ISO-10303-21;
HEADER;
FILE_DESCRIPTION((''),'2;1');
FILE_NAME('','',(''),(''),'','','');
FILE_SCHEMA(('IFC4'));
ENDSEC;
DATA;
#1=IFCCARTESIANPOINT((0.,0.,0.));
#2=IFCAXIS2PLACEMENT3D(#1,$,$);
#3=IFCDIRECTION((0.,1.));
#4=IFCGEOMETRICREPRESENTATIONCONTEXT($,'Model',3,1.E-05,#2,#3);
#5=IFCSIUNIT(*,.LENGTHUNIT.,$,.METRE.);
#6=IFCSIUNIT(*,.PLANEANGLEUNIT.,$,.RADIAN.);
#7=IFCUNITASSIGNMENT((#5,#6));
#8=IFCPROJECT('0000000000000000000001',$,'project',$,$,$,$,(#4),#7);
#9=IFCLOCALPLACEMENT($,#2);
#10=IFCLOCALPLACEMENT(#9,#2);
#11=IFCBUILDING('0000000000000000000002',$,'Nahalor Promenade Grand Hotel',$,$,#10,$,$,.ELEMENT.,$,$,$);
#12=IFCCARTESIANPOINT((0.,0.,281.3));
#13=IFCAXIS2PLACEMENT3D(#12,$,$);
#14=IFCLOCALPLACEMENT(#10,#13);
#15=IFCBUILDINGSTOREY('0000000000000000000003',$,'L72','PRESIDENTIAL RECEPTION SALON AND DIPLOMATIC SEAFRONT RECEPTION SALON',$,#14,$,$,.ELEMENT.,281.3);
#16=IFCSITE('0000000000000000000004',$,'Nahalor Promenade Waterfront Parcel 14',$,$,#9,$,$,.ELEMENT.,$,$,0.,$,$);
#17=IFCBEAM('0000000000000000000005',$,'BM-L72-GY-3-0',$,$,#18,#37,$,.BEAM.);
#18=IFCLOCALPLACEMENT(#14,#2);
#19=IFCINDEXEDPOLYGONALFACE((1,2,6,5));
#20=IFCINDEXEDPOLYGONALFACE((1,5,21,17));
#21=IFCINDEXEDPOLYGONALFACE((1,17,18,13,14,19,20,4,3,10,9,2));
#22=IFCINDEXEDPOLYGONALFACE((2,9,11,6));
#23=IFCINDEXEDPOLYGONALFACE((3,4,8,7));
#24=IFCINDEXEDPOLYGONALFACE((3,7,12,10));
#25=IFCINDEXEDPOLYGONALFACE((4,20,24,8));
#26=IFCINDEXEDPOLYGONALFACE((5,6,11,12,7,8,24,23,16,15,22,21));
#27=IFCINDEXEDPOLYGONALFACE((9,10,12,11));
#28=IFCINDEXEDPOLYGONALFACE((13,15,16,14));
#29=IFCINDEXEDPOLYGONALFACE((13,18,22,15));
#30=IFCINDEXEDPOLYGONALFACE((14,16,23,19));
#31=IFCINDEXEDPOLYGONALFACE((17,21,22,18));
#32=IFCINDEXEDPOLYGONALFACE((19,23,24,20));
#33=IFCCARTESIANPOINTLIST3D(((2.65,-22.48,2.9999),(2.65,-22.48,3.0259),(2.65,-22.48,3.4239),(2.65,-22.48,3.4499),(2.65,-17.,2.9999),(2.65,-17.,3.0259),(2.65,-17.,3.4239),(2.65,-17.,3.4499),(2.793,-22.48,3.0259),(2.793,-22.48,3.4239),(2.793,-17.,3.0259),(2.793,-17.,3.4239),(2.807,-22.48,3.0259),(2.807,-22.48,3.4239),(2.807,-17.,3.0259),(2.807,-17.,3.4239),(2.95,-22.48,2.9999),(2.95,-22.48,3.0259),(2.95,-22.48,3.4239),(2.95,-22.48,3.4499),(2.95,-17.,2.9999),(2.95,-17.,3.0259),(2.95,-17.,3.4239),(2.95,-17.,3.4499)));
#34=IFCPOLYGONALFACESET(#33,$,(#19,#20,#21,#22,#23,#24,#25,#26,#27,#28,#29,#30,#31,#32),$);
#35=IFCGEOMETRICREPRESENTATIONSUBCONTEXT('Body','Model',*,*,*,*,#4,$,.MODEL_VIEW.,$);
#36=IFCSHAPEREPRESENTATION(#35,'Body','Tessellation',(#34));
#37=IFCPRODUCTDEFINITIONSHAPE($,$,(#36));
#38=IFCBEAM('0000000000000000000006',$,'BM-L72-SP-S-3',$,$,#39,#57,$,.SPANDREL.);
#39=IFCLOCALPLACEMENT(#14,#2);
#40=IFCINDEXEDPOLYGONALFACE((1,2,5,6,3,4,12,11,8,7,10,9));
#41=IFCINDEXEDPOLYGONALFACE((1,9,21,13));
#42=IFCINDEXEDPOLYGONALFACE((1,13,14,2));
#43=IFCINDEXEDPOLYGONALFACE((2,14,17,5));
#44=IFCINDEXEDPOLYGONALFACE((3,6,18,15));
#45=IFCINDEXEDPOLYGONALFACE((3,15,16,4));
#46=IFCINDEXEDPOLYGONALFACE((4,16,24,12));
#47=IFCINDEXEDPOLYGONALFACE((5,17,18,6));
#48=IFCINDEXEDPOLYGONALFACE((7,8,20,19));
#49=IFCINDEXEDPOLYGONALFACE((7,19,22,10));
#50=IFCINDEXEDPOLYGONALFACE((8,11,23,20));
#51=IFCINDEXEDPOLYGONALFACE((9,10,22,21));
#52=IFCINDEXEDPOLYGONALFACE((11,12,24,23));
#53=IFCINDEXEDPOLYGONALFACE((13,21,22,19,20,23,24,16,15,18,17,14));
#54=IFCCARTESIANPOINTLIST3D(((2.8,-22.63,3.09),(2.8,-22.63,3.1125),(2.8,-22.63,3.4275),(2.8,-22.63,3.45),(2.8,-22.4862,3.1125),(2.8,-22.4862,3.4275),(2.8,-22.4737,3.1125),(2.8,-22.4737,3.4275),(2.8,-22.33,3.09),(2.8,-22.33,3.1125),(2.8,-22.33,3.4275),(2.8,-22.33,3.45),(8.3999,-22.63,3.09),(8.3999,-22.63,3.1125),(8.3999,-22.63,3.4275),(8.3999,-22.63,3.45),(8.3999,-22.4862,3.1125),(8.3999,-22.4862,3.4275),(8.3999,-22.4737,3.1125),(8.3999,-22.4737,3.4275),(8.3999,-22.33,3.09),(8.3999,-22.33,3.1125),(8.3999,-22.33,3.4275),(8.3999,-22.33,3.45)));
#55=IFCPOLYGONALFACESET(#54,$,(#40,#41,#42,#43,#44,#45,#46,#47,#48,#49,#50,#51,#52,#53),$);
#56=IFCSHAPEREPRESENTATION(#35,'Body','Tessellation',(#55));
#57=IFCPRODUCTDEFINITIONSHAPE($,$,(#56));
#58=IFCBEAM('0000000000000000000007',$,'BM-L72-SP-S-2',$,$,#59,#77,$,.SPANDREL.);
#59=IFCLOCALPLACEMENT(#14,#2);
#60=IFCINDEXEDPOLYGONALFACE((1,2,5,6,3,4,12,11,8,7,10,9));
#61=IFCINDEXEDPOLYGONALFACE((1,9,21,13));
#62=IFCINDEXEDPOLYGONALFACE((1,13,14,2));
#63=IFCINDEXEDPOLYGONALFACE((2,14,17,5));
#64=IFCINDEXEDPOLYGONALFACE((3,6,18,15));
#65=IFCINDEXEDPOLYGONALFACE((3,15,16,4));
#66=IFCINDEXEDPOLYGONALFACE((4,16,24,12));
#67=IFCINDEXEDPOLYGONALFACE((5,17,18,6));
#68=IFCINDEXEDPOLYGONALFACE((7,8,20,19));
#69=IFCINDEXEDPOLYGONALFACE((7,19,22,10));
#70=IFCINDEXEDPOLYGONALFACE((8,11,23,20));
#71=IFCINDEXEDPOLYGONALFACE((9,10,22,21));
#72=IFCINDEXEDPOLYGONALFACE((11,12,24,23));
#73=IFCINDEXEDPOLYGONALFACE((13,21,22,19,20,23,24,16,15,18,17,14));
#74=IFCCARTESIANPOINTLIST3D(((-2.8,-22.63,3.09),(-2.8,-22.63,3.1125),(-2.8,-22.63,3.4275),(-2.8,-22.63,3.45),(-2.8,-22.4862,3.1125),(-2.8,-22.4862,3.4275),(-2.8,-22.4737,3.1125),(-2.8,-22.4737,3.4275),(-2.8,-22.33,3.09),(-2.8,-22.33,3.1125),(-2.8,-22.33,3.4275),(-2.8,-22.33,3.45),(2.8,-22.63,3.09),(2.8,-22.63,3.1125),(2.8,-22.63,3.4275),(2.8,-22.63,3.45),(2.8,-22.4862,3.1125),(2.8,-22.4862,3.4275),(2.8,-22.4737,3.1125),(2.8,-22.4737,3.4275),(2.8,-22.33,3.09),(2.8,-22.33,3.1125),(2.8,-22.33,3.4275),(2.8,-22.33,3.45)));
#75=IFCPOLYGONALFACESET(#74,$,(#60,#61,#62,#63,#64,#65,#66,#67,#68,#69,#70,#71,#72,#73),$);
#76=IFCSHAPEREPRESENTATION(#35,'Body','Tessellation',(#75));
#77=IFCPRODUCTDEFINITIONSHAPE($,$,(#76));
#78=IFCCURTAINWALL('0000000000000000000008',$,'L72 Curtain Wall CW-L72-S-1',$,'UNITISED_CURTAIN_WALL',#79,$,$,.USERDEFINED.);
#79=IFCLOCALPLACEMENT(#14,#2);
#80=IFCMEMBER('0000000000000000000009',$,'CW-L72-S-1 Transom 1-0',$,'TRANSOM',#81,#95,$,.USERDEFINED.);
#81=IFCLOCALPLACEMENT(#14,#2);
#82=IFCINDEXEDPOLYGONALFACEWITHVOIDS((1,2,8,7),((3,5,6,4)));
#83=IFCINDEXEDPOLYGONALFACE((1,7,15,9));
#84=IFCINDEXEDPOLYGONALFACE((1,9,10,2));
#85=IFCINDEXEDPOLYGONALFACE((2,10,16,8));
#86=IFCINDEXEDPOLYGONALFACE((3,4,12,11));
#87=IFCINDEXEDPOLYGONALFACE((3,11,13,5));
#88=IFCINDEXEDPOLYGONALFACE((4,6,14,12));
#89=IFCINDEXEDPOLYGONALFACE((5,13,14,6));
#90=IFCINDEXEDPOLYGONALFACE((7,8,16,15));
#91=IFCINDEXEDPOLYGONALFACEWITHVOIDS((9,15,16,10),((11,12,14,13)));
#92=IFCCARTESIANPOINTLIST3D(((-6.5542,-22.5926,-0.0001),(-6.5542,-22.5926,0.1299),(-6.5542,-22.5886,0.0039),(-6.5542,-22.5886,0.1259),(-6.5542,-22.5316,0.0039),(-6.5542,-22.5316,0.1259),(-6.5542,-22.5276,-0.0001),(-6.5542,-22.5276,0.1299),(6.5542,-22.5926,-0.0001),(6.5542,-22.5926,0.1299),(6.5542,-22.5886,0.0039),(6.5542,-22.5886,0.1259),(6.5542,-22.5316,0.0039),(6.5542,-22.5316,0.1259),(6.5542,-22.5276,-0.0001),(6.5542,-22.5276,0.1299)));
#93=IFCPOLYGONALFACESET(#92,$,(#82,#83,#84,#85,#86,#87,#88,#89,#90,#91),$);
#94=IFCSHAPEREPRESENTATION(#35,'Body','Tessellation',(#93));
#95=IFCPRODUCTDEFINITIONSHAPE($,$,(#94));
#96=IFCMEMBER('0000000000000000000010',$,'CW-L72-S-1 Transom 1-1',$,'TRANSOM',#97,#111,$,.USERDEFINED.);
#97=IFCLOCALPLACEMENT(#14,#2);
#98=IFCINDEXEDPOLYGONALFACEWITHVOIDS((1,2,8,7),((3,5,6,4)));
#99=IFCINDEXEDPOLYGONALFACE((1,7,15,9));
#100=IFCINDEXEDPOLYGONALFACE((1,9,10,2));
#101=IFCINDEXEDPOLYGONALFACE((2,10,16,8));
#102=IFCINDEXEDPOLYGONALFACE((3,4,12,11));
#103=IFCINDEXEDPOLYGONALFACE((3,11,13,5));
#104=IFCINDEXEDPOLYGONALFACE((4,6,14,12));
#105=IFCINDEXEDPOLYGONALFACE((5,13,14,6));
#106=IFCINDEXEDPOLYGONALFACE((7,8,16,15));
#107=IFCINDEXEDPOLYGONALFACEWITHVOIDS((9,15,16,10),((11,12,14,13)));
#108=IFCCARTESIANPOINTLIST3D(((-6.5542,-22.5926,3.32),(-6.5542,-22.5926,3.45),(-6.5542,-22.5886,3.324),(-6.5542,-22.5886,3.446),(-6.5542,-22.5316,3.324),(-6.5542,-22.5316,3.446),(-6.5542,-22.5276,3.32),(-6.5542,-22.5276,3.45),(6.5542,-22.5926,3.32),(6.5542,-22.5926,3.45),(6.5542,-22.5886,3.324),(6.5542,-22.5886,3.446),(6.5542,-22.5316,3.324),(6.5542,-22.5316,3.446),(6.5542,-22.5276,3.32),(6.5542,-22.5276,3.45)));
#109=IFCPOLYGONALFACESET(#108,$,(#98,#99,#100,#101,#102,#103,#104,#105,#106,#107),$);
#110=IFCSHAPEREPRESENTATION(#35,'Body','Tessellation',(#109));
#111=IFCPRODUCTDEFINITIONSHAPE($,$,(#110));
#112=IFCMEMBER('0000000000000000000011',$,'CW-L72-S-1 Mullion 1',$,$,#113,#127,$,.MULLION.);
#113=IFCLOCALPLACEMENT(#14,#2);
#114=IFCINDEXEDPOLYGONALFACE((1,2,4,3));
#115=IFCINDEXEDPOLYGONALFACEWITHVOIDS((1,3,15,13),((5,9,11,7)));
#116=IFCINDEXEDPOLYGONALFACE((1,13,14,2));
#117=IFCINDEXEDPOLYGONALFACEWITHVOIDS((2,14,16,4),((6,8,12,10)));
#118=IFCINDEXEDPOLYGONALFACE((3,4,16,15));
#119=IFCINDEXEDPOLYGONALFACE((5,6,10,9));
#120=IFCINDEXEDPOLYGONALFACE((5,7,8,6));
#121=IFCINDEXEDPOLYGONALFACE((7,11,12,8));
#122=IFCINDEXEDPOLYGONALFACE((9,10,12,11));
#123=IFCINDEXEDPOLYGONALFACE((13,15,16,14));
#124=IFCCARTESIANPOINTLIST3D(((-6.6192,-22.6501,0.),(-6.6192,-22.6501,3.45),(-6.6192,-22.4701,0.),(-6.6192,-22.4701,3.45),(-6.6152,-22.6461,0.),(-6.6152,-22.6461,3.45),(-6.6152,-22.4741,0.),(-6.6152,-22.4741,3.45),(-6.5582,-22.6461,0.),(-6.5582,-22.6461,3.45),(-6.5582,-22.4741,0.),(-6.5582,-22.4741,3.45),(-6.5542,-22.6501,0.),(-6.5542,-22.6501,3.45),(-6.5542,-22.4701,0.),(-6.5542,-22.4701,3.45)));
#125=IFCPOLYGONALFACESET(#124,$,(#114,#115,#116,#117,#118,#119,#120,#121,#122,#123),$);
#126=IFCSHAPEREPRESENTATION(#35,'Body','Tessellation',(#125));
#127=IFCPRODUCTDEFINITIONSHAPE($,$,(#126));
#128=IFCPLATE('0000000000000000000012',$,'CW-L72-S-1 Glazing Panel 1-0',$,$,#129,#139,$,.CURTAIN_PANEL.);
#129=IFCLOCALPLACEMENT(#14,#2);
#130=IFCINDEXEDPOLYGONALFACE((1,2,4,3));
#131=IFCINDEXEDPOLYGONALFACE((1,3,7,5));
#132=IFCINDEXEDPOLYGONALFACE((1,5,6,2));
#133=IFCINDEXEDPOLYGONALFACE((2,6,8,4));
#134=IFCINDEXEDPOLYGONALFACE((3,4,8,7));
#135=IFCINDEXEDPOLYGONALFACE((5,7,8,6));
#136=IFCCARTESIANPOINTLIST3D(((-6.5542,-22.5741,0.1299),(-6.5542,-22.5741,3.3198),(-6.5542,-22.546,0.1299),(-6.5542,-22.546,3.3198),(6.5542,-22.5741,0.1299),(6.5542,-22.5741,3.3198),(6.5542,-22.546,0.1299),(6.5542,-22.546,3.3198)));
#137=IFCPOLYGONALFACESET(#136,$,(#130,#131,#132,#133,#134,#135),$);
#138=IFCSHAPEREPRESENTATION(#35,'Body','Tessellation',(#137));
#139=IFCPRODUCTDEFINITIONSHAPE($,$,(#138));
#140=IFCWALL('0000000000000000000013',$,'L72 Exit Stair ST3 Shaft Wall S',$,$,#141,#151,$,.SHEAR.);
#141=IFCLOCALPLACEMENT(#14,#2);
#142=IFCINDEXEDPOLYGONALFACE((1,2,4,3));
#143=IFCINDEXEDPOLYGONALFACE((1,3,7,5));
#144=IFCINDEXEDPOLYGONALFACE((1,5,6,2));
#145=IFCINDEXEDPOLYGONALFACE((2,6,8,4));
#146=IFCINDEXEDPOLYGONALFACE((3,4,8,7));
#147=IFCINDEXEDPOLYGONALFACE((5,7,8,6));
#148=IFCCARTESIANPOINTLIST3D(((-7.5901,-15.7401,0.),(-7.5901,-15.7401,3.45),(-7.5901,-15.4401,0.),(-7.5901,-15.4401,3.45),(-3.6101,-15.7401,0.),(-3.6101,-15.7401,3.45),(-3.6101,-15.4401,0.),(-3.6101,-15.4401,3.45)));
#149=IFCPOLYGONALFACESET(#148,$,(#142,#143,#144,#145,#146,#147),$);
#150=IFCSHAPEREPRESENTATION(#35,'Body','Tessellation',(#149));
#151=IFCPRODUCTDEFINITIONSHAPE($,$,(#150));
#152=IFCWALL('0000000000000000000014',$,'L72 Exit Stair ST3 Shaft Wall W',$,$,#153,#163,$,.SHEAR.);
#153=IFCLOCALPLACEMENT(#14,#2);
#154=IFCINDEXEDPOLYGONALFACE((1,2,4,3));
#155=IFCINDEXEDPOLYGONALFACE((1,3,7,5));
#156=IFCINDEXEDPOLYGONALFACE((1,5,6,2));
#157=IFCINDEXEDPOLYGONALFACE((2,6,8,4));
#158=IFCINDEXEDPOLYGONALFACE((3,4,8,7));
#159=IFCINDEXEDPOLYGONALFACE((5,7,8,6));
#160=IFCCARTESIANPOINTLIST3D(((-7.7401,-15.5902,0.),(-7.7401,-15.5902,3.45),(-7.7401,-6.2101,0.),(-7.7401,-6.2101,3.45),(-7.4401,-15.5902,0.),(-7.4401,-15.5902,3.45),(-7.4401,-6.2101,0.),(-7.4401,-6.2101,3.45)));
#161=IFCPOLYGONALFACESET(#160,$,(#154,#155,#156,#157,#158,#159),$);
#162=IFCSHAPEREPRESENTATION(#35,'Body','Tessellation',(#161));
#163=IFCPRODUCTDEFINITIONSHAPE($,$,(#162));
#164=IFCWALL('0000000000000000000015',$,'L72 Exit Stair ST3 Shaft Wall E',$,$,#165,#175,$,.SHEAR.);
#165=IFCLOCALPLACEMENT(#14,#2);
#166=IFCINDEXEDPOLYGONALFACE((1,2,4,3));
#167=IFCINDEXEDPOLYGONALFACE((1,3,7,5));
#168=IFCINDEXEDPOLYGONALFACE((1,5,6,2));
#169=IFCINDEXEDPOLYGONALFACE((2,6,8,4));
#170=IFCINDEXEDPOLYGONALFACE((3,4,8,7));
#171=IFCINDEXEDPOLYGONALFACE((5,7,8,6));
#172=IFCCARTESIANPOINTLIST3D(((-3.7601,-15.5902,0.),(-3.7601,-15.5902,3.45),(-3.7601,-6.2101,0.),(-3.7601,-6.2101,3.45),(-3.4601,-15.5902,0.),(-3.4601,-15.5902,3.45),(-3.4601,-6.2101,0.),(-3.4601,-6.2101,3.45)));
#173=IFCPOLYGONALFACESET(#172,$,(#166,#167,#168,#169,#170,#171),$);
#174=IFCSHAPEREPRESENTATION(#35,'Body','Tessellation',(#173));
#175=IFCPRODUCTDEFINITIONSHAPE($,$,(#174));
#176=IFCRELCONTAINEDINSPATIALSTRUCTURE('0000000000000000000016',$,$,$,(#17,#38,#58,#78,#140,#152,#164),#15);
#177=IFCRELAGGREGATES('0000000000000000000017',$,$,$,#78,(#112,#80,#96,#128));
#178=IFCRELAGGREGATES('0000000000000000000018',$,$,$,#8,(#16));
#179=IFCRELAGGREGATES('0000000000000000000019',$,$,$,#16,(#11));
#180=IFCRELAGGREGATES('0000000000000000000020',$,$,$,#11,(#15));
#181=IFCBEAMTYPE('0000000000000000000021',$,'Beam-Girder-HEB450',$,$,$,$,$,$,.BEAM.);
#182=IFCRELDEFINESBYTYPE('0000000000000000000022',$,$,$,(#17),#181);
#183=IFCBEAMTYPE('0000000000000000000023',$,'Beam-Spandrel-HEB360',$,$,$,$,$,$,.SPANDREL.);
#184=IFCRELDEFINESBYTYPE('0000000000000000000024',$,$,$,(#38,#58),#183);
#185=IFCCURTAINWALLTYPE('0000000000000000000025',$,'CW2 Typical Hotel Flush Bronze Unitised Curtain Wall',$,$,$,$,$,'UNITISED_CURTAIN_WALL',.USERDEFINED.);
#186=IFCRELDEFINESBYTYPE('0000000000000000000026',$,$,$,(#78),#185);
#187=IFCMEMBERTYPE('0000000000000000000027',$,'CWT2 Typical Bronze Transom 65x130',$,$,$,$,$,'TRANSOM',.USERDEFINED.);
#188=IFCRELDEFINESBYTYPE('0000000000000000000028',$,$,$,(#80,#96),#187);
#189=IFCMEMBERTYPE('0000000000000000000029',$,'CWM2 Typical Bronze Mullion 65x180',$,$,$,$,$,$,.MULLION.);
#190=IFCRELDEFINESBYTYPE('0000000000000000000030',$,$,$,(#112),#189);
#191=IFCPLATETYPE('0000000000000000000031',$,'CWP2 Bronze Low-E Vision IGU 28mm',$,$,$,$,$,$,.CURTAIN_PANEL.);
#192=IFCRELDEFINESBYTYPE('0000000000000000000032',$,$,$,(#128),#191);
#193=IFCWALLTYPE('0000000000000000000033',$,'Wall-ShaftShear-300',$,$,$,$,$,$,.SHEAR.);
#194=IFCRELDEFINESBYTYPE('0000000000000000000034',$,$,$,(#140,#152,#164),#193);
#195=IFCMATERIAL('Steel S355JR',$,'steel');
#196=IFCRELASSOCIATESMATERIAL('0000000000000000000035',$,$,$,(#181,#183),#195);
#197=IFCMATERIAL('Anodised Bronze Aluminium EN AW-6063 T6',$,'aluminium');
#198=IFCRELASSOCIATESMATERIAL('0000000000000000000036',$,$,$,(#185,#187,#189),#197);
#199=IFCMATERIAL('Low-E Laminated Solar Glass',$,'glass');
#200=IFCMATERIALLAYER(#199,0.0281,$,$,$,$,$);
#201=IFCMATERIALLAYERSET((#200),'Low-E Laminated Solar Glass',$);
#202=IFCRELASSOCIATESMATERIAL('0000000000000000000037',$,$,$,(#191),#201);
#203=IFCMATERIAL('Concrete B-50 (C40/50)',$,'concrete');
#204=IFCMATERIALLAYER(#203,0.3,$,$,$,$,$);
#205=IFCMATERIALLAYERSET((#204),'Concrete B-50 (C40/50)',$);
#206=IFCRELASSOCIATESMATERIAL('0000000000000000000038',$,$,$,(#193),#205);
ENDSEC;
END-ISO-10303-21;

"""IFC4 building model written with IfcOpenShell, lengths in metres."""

from ifc_helpers import new_model, si_unit, direction, frame, frame_2d, origin, origin_2d, place, context, subcontext, project, spatial, rectangle, hollow_rectangle, i_section, extrude, source, transform, mapped, material, layer, layer_set, material_profile, profile_set, type_object, element, aggregate, save


model = new_model("IFC4")

# Units and contexts
model_context = context("Model", 3, precision=1e-05, world=origin(), true_north=direction((0.0, 1.0)))
body_context = subcontext(model_context, "Body", "Model", "MODEL_VIEW")
ifc_project = project(units=[si_unit("LENGTHUNIT", "METRE"), si_unit("PLANEANGLEUNIT", "RADIAN")], contexts=[model_context])

# Site, building, storey
site_placement = place(None, origin())
site = spatial("IfcSite", under=ifc_project, at=site_placement, Name="Nahalor Promenade Waterfront Parcel 14", CompositionType="ELEMENT", RefElevation=0.0)
building_placement = place(site_placement, origin())
building = spatial("IfcBuilding", under=site, at=building_placement, Name="Nahalor Promenade Grand Hotel", CompositionType="ELEMENT")
storey_placement = place(building_placement, frame((0.0, 0.0, 281.3)))
storey = spatial("IfcBuildingStorey", under=building, at=storey_placement, Name="L72", Description="PRESIDENTIAL RECEPTION SALON AND DIPLOMATIC SEAFRONT RECEPTION SALON", CompositionType="ELEMENT", Elevation=281.3)

# Shared definitions
ifc_material_1 = material(Name="Concrete B-50 (C40/50)", Category="concrete")
ifc_material_2 = material(Name="Steel S355JR", Category="steel")

# Beams
ifc_material_profile_1 = material_profile(ifc_material_2, i_section(OverallWidth=0.3, OverallDepth=0.45, WebThickness=0.014, FlangeThickness=0.026, at=origin_2d()), Name="HEB 450")
ifc_profile_set_1 = profile_set([ifc_material_profile_1], Name="Steel S355JR")
beam_type_1 = type_object("IfcBeamType", Name="Beam-Girder-HEB450", PredefinedType="BEAM", material=ifc_profile_set_1)
shared_shape_1 = source(origin(), body_context, "Body", "SweptSolid", [
    extrude(i_section(OverallWidth=0.3, OverallDepth=0.45, WebThickness=0.014, FlangeThickness=0.026, at=origin_2d()), origin(), (0.0, 0.0, 1.0), 5.48),
])
for number, where, z_axis, x_axis, name in (
    (1, (2.8, -22.48, 3.2249), (0.0, 1.0, 0.0), (-1.0, 0.0, 0.0), "BM-L72-GY-3-0"),
):
    element("IfcBeam", number, at=place(storey_placement, frame(where, z_axis=z_axis, x_axis=x_axis)), inside=storey, type_object=beam_type_1, Name=name, PredefinedType="BEAM", context=body_context, shape_type="MappedRepresentation", body=[
        mapped(shared_shape_1, transform((0.0, 0.0, 0.0), scale=1.0)),
    ])
ifc_material_profile_2 = material_profile(ifc_material_2, i_section(OverallWidth=0.3, OverallDepth=0.36, WebThickness=0.0125, FlangeThickness=0.0225, at=origin_2d()), Name="HEB 360")
ifc_profile_set_2 = profile_set([ifc_material_profile_2], Name="Steel S355JR")
beam_type_2 = type_object("IfcBeamType", Name="Beam-Spandrel-HEB360", PredefinedType="SPANDREL", material=ifc_profile_set_2)
shared_shape_2 = source(origin(), body_context, "Body", "SweptSolid", [
    extrude(i_section(OverallWidth=0.3, OverallDepth=0.36, WebThickness=0.0125, FlangeThickness=0.0225, at=origin_2d()), origin(), (0.0, 0.0, 1.0), 5.5999),
])
beam_1_placement = place(storey_placement, frame((2.8, -22.48, 3.27), z_axis=(1.0, 0.0, 0.0), x_axis=(0.0, 1.0, 0.0)))
element("IfcBeam", 2, at=beam_1_placement, inside=storey, type_object=beam_type_2, Name="BM-L72-SP-S-3", PredefinedType="SPANDREL", context=body_context, shape_type="MappedRepresentation", body=[
    mapped(shared_shape_2, transform((0.0, 0.0, 0.0), scale=1.0)),
])
shared_shape_3 = source(origin(), body_context, "Body", "SweptSolid", [
    extrude(i_section(OverallWidth=0.3, OverallDepth=0.36, WebThickness=0.0125, FlangeThickness=0.0225, at=origin_2d()), origin(), (0.0, 0.0, 1.0), 5.6001),
])
beam_2_placement = place(storey_placement, frame((-2.8, -22.48, 3.27), z_axis=(1.0, 0.0, 0.0), x_axis=(0.0, 1.0, 0.0)))
element("IfcBeam", 3, at=beam_2_placement, inside=storey, type_object=beam_type_2, Name="BM-L72-SP-S-2", PredefinedType="SPANDREL", context=body_context, shape_type="MappedRepresentation", body=[
    mapped(shared_shape_3, transform((0.0, 0.0, 0.0), scale=1.0)),
])

# Curtain wall, members, plate
ifc_material_3 = material(Name="Anodised Bronze Aluminium EN AW-6063 T6", Category="aluminium")
curtain_wall_type = type_object("IfcCurtainWallType", Name="CW2 Typical Hotel Flush Bronze Unitised Curtain Wall", ElementType="UNITISED_CURTAIN_WALL", PredefinedType="USERDEFINED", material=ifc_material_3)
curtain_wall_placement = place(storey_placement, origin())
curtain_wall = element("IfcCurtainWall", 4, at=curtain_wall_placement, inside=storey, type_object=curtain_wall_type, Name="L72 Curtain Wall CW-L72-S-1", ObjectType="UNITISED_CURTAIN_WALL", PredefinedType="USERDEFINED")
ifc_material_profile_3 = material_profile(ifc_material_3, hollow_rectangle(XDim=0.065, YDim=0.13, WallThickness=0.004, at=origin_2d()), Name="CWT 65x130x4")
ifc_profile_set_3 = profile_set([ifc_material_profile_3], Name="Anodised Bronze Aluminium EN AW-6063 T6")
member_type_1 = type_object("IfcMemberType", Name="CWT2 Typical Bronze Transom 65x130", ElementType="TRANSOM", PredefinedType="USERDEFINED", material=ifc_profile_set_3)
shared_shape_4 = source(origin(), body_context, "Body", "SweptSolid", [
    extrude(hollow_rectangle(XDim=0.065, YDim=0.13, WallThickness=0.004, at=origin_2d()), origin(), (0.0, 0.0, 1.0), 13.1084),
])
member_1_placement = place(storey_placement, frame((-6.5542, -22.5601, 0.0649), z_axis=(1.0, 0.0, 0.0), x_axis=(0.0, 1.0, 0.0)))
member_1 = element("IfcMember", 5, at=member_1_placement, type_object=member_type_1, Name="CW-L72-S-1 Transom 1-0", ObjectType="TRANSOM", PredefinedType="USERDEFINED", context=body_context, shape_type="MappedRepresentation", body=[
    mapped(shared_shape_4, transform((0.0, 0.0, 0.0), scale=1.0)),
])
member_2_placement = place(storey_placement, frame((-6.5542, -22.5601, 3.385), z_axis=(1.0, 0.0, 0.0), x_axis=(0.0, 1.0, 0.0)))
member_2 = element("IfcMember", 6, at=member_2_placement, type_object=member_type_1, Name="CW-L72-S-1 Transom 1-1", ObjectType="TRANSOM", PredefinedType="USERDEFINED", context=body_context, shape_type="MappedRepresentation", body=[
    mapped(shared_shape_4, transform((0.0, 0.0, 0.0), scale=1.0)),
])
ifc_material_profile_4 = material_profile(ifc_material_3, hollow_rectangle(XDim=0.065, YDim=0.18, WallThickness=0.004, at=origin_2d()), Name="CWM 65x180x4")
ifc_profile_set_4 = profile_set([ifc_material_profile_4], Name="Anodised Bronze Aluminium EN AW-6063 T6")
member_type_2 = type_object("IfcMemberType", Name="CWM2 Typical Bronze Mullion 65x180", PredefinedType="MULLION", material=ifc_profile_set_4)
shared_shape_5 = source(origin(), body_context, "Body", "SweptSolid", [
    extrude(hollow_rectangle(XDim=0.065, YDim=0.18, WallThickness=0.004, at=origin_2d()), origin(), (0.0, 0.0, 1.0), 3.45),
])
member_3_placement = place(storey_placement, frame((-6.5867, -22.5601, 0.0), z_axis=(0.0, 0.0, 1.0), x_axis=(1.0, 0.0, 0.0)))
member_3 = element("IfcMember", 7, at=member_3_placement, type_object=member_type_2, Name="CW-L72-S-1 Mullion 1", PredefinedType="MULLION", context=body_context, shape_type="MappedRepresentation", body=[
    mapped(shared_shape_5, transform((0.0, 0.0, 0.0), scale=1.0)),
])
ifc_material_4 = material(Name="Low-E Laminated Solar Glass", Category="glass")
ifc_layer_1 = layer(ifc_material_4, 0.0281)
ifc_layer_set_1 = layer_set([ifc_layer_1], Name="Low-E Laminated Solar Glass")
plate_type = type_object("IfcPlateType", Name="CWP2 Bronze Low-E Vision IGU 28mm", PredefinedType="CURTAIN_PANEL", material=ifc_layer_set_1)
shared_shape_6 = source(origin(), body_context, "Body", "SweptSolid", [
    extrude(rectangle(XDim=13.1084, YDim=0.0281, at=origin_2d()), origin(), (0.0, 0.0, 1.0), 3.1899),
])
plate_placement = place(storey_placement, frame((0.0, -22.5601, 0.1299), z_axis=(0.0, 0.0, 1.0), x_axis=(1.0, 0.0, 0.0)))
plate = element("IfcPlate", 8, at=plate_placement, type_object=plate_type, Name="CW-L72-S-1 Glazing Panel 1-0", PredefinedType="CURTAIN_PANEL", context=body_context, shape_type="MappedRepresentation", body=[
    mapped(shared_shape_6, transform((0.0, 0.0, 0.0), scale=1.0)),
])
aggregate(curtain_wall, [member_3, member_1, member_2, plate])

# Walls
ifc_layer_2 = layer(ifc_material_1, 0.3)
ifc_layer_set_2 = layer_set([ifc_layer_2], Name="Concrete B-50 (C40/50)")
wall_type_1 = type_object("IfcWallType", Name="Wall-ShaftShear-300", PredefinedType="SHEAR", material=ifc_layer_set_2)
shared_shape_7 = source(origin(), body_context, "Body", "SweptSolid", [
    extrude(rectangle(XDim=3.98, YDim=0.3, at=frame_2d((1.99, 0.0))), origin(), (0.0, 0.0, 1.0), 3.45),
])
wall_1_placement = place(storey_placement, frame((-7.5901, -15.5901, 0.0), z_axis=(0.0, 0.0, 1.0), x_axis=(1.0, 0.0, 0.0)))
element("IfcWall", 9, at=wall_1_placement, inside=storey, type_object=wall_type_1, Name="L72 Exit Stair ST3 Shaft Wall S", PredefinedType="SHEAR", context=body_context, shape_type="MappedRepresentation", body=[
    mapped(shared_shape_7, transform((0.0, 0.0, 0.0), scale=1.0)),
])
shared_shape_8 = source(origin(), body_context, "Body", "SweptSolid", [
    extrude(rectangle(XDim=9.3801, YDim=0.3, at=frame_2d((4.6899, 0.0))), origin(), (0.0, 0.0, 1.0), 3.45),
])
for number, where, z_axis, x_axis, name in (
    (10, (-7.5901, -15.5901, 0.0), (0.0, 0.0, 1.0), (0.0, 1.0, 0.0), "L72 Exit Stair ST3 Shaft Wall W"),
    (11, (-3.6101, -15.5901, 0.0), (0.0, 0.0, 1.0), (0.0, 1.0, 0.0), "L72 Exit Stair ST3 Shaft Wall E"),
):
    element("IfcWall", number, at=place(storey_placement, frame(where, z_axis=z_axis, x_axis=x_axis)), inside=storey, type_object=wall_type_1, Name=name, PredefinedType="SHEAR", context=body_context, shape_type="MappedRepresentation", body=[
        mapped(shared_shape_8, transform((0.0, 0.0, 0.0), scale=1.0)),
    ])

save(model, "model.ifc")
